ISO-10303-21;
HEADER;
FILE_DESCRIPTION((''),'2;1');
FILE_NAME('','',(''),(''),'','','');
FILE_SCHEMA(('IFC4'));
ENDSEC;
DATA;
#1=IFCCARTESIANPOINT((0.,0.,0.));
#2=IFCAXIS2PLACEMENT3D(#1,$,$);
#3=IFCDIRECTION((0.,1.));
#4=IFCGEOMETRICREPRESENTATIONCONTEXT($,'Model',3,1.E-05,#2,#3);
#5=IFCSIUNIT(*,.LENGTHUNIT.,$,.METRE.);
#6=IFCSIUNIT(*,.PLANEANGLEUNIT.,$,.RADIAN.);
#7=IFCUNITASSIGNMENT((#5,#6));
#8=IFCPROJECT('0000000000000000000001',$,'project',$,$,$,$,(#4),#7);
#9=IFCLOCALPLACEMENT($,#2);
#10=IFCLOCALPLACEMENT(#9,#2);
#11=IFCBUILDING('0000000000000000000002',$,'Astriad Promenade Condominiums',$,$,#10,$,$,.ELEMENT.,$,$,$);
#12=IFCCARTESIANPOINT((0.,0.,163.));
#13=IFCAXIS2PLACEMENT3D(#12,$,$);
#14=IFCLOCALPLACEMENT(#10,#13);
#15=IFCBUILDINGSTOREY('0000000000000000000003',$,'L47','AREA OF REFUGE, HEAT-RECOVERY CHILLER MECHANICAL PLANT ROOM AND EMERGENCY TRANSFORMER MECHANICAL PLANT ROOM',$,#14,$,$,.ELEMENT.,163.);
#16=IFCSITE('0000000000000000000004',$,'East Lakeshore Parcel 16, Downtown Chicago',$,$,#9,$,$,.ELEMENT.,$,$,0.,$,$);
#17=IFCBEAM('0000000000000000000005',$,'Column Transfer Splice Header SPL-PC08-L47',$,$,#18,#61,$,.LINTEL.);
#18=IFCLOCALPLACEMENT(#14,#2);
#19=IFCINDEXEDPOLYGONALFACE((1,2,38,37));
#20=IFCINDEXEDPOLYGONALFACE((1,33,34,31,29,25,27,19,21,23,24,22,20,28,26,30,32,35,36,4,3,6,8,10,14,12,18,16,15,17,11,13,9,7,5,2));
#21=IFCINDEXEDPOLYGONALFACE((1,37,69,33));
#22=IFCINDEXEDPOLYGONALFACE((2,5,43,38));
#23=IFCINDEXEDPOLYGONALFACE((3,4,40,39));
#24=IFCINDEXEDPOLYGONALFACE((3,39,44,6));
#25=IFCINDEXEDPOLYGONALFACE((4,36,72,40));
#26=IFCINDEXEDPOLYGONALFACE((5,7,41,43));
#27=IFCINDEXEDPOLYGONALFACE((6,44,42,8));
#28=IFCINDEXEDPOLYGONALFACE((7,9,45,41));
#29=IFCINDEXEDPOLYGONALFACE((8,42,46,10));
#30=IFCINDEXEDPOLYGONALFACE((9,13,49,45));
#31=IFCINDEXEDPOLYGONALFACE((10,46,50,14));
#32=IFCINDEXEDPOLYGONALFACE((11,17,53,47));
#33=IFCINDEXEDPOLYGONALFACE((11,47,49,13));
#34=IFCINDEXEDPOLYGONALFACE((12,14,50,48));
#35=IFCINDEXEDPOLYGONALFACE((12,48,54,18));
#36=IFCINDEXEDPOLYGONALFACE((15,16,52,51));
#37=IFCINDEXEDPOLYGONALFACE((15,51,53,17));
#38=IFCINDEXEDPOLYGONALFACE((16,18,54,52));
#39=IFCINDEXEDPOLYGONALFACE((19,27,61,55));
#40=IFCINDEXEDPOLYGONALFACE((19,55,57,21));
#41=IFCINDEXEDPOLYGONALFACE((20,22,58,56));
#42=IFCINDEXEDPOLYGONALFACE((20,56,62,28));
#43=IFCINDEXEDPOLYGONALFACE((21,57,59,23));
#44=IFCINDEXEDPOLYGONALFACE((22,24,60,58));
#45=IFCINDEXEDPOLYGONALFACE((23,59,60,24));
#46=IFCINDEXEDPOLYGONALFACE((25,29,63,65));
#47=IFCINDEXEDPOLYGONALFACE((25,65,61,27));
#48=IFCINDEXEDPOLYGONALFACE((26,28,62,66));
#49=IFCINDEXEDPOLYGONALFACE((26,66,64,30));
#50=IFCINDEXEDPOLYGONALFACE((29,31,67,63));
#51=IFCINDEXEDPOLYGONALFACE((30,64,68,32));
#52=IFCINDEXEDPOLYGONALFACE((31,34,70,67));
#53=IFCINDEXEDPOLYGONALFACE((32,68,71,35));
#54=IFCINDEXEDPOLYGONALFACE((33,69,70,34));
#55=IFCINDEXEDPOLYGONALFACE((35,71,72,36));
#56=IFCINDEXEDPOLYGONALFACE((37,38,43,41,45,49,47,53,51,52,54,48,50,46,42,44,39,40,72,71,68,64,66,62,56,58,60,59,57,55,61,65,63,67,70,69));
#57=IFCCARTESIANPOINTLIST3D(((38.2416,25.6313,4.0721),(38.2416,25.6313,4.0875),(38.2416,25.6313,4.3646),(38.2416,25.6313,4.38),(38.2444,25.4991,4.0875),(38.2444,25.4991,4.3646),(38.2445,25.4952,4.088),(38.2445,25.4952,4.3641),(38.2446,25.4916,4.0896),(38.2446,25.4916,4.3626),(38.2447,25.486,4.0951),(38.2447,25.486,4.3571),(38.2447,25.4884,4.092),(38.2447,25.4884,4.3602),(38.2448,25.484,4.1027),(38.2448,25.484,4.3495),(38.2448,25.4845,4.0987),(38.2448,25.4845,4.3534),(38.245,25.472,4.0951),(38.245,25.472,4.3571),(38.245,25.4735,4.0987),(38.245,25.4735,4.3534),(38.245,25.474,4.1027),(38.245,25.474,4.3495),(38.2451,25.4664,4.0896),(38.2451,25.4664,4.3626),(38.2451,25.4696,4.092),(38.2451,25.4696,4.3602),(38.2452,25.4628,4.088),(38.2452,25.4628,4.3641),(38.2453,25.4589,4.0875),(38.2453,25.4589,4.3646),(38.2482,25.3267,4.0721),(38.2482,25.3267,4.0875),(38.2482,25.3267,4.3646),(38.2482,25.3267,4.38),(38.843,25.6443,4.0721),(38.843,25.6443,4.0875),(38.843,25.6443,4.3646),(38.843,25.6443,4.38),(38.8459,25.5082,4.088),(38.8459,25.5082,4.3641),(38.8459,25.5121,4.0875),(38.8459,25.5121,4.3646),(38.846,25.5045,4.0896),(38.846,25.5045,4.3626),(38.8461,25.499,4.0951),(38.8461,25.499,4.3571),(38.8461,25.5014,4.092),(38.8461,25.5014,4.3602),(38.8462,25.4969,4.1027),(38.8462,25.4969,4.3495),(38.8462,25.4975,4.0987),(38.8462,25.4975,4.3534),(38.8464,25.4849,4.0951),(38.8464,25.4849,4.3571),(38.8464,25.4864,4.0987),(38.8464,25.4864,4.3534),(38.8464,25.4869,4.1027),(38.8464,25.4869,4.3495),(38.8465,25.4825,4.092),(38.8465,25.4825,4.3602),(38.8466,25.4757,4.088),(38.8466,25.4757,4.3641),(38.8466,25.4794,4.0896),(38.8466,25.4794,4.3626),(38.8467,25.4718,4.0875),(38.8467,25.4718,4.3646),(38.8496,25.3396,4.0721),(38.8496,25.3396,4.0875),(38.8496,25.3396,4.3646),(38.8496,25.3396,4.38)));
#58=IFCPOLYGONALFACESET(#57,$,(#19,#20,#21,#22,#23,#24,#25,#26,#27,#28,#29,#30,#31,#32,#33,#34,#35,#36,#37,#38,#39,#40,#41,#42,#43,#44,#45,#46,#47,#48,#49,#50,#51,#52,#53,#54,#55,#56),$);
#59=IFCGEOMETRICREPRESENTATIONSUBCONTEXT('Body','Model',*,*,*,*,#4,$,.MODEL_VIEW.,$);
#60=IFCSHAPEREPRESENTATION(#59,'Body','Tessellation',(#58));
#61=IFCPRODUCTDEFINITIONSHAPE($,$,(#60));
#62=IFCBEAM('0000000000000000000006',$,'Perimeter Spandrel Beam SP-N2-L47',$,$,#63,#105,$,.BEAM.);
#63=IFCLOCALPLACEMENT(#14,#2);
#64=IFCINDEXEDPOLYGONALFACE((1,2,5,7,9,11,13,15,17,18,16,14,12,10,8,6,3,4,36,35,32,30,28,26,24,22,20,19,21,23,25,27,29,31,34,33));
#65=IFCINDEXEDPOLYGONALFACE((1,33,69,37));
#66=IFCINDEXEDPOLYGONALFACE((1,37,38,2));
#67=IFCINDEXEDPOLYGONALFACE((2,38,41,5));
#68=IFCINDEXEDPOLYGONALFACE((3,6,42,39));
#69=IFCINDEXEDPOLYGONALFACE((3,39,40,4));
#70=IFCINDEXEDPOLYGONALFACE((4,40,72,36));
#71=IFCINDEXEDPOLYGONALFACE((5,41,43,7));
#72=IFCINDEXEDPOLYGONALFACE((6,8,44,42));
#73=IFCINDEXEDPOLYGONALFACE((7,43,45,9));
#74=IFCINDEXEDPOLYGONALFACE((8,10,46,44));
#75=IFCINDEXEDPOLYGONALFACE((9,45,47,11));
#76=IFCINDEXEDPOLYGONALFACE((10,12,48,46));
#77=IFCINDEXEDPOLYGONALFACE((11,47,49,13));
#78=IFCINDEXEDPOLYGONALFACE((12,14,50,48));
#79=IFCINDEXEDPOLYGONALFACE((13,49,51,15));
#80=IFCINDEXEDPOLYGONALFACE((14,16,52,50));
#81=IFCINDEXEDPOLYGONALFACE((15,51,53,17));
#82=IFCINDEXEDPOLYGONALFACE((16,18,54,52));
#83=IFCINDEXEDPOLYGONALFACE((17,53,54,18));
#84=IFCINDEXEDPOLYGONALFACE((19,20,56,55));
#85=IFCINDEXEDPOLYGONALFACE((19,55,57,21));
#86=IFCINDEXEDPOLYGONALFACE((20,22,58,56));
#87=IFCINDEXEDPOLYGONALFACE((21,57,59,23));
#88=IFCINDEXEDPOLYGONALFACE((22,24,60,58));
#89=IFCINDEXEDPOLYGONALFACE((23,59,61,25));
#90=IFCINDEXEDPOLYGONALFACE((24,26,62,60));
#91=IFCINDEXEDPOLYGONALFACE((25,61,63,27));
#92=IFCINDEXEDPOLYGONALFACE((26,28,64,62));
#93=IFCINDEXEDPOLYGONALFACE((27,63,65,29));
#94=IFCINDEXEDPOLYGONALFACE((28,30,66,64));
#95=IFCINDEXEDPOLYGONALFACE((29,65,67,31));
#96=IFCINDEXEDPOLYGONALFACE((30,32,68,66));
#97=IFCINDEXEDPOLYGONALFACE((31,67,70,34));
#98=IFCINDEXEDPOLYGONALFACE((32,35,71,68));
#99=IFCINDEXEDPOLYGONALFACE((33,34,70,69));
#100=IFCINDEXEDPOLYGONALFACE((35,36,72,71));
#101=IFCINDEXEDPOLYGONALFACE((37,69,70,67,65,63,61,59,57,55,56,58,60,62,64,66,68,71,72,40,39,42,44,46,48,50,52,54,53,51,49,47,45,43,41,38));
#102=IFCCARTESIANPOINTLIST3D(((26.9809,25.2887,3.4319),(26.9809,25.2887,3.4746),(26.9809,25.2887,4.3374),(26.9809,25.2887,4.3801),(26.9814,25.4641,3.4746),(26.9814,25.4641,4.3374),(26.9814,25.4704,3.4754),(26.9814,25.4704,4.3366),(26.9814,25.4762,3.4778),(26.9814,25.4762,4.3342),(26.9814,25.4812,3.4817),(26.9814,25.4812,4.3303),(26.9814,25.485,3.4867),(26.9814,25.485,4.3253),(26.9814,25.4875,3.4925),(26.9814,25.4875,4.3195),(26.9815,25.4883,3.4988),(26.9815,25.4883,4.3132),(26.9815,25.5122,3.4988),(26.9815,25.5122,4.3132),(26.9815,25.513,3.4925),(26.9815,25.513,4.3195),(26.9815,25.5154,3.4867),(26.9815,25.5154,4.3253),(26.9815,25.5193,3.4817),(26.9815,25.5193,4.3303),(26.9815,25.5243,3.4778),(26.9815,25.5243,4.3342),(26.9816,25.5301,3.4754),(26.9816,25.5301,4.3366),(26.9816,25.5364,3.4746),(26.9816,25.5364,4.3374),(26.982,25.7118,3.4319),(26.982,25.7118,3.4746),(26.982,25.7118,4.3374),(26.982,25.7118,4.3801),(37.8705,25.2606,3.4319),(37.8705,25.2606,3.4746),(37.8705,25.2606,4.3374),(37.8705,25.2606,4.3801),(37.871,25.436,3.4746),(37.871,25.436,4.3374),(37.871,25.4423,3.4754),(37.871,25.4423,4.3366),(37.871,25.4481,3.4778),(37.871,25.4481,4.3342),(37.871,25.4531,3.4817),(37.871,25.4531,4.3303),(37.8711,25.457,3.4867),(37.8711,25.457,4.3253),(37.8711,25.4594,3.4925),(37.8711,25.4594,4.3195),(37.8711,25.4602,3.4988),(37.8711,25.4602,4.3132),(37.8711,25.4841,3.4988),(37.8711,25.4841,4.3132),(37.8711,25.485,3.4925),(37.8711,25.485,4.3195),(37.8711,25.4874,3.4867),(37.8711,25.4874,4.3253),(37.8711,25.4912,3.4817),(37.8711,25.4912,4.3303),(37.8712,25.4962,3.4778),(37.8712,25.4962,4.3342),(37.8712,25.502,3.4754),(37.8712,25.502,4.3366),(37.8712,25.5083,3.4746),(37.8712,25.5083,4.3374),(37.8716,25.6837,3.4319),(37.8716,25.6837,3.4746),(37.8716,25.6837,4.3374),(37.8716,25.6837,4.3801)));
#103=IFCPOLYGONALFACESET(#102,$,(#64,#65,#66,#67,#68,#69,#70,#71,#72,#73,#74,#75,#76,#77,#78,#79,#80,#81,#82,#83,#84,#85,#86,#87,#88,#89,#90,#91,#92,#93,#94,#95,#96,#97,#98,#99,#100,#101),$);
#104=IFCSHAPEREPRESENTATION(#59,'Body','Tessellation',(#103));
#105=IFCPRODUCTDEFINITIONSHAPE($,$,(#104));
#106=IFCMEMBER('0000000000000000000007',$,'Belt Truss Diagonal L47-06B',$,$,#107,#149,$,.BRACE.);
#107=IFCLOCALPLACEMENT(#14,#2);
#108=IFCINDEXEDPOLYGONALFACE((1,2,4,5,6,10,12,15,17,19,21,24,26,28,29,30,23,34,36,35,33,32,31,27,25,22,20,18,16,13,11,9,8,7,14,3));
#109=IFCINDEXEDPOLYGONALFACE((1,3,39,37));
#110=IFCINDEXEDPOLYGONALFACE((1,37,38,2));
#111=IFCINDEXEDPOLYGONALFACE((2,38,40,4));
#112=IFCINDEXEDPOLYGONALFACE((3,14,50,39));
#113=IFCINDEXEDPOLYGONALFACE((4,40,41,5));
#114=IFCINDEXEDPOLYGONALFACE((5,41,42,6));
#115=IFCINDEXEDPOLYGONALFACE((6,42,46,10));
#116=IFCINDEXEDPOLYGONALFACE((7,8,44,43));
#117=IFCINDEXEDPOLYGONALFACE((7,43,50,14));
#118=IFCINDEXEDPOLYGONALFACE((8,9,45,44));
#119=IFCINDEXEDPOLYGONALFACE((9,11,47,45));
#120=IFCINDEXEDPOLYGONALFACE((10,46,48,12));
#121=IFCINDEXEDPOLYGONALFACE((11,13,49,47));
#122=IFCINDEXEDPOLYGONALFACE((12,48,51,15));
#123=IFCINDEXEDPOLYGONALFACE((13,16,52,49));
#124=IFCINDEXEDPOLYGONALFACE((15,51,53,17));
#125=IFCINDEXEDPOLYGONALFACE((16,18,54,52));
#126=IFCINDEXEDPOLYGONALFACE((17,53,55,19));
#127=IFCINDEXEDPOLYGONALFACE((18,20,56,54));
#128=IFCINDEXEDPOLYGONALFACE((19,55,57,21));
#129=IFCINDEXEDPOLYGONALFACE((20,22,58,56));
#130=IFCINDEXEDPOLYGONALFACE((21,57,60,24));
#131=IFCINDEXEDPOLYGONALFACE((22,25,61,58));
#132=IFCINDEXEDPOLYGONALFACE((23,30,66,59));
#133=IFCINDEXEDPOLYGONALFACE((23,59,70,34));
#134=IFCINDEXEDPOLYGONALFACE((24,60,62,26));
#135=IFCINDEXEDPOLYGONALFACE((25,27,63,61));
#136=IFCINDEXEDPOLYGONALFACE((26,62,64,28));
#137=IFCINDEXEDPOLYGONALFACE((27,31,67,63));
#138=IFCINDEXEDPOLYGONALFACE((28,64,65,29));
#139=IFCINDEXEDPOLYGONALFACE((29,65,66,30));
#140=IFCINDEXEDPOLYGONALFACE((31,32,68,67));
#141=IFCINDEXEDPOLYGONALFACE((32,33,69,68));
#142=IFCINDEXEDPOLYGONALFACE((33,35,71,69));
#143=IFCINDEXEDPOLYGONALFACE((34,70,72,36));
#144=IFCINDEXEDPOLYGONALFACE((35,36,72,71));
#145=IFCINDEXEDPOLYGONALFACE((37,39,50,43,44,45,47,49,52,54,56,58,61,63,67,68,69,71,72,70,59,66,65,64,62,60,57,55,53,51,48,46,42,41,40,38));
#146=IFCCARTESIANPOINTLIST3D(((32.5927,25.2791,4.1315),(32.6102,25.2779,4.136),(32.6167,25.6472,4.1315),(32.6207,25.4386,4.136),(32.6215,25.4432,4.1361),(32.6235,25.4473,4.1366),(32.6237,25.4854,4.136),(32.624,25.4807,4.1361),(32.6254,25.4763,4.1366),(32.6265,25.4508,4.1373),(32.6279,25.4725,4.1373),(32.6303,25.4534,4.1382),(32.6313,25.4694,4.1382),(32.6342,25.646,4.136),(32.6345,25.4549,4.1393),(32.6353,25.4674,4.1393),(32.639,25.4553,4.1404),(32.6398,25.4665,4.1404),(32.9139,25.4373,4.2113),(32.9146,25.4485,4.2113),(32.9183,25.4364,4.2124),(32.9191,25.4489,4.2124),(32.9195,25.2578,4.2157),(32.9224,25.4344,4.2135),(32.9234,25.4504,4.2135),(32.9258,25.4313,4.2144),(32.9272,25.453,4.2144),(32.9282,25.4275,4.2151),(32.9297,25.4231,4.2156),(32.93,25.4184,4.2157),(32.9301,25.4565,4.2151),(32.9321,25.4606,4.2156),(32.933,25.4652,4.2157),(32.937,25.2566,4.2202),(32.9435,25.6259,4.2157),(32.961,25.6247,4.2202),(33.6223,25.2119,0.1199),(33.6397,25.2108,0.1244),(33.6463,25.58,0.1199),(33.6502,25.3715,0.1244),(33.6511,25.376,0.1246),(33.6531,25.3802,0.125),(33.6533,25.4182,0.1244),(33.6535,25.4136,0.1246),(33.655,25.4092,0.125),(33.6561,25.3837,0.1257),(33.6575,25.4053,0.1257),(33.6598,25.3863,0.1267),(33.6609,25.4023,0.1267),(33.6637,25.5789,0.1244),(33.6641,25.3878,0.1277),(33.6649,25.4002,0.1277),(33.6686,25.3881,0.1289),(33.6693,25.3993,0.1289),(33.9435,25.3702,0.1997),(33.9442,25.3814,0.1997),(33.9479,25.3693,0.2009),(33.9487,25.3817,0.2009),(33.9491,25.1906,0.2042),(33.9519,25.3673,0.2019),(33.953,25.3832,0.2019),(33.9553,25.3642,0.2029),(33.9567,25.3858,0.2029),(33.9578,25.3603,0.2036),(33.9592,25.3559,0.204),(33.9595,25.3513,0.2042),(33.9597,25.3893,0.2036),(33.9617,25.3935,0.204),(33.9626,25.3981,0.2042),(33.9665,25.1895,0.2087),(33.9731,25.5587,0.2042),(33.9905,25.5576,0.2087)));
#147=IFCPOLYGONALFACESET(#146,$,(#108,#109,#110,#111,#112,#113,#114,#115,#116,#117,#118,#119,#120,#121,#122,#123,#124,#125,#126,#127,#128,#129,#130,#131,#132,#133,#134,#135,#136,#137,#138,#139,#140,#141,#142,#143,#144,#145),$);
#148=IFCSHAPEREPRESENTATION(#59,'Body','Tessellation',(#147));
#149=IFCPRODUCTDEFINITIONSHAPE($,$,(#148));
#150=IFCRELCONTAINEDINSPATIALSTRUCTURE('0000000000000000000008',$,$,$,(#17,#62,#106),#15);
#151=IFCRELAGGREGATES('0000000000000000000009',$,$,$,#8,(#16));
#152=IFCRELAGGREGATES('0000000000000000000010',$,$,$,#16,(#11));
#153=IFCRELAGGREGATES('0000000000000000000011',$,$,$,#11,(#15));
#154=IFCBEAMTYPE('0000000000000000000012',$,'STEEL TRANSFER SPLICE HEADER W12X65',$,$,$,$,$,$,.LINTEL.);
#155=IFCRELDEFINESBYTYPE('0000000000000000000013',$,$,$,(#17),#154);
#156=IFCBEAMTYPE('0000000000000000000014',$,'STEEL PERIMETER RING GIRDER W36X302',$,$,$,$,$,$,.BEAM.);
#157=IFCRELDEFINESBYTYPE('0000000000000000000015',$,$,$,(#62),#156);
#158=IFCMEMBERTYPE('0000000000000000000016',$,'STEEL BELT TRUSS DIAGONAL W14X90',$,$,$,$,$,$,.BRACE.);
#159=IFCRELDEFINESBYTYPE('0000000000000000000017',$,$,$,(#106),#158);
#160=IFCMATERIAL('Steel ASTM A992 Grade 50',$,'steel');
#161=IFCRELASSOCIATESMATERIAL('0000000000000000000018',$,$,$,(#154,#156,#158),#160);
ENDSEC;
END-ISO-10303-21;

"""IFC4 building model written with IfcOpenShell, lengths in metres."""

from ifc_helpers import new_model, si_unit, direction, frame, origin, origin_2d, place, context, subcontext, project, spatial, i_section, extrude, source, transform, mapped, material, material_profile, profile_set, type_object, type_shapes, element, save


model = new_model("IFC4")

# Units and contexts
model_context = context("Model", 3, precision=1e-05, world=origin(), true_north=direction((0.0, 1.0)))
body_context = subcontext(model_context, "Body", "Model", "MODEL_VIEW")
ifc_project = project(units=[si_unit("LENGTHUNIT", "METRE"), si_unit("PLANEANGLEUNIT", "RADIAN")], contexts=[model_context])

# Site, building, storey
site_placement = place(None, origin())
site = spatial("IfcSite", under=ifc_project, at=site_placement, Name="East Lakeshore Parcel 16, Downtown Chicago", CompositionType="ELEMENT", RefElevation=0.0)
building_placement = place(site_placement, origin())
building = spatial("IfcBuilding", under=site, at=building_placement, Name="Astriad Promenade Condominiums", CompositionType="ELEMENT")
storey_placement = place(building_placement, frame((0.0, 0.0, 163.0)))
storey = spatial("IfcBuildingStorey", under=building, at=storey_placement, Name="L47", Description="AREA OF REFUGE, HEAT-RECOVERY CHILLER MECHANICAL PLANT ROOM AND EMERGENCY TRANSFORMER MECHANICAL PLANT ROOM", CompositionType="ELEMENT", Elevation=163.0)

# Shared definitions
ifc_material_1 = material(Name="Steel ASTM A992 Grade 50", Category="steel")

# Beams
ifc_material_profile_1 = material_profile(ifc_material_1, i_section(OverallWidth=0.3047, OverallDepth=0.3079, WebThickness=0.01, FlangeThickness=0.0154, FilletRadius=0.0151, at=origin_2d()), Name="W12X65")
ifc_profile_set_1 = profile_set([ifc_material_profile_1], Name="Steel ASTM A992 Grade 50")
beam_type_1 = type_object("IfcBeamType", Name="STEEL TRANSFER SPLICE HEADER W12X65", PredefinedType="LINTEL", material=ifc_profile_set_1)
shared_shape_1 = source(origin(), body_context, "Body", "SweptSolid", [
    extrude(i_section(OverallWidth=0.3047, OverallDepth=0.3079, WebThickness=0.01, FlangeThickness=0.0154, FilletRadius=0.0151, at=origin_2d()), origin(), (0.0, 0.0, 1.0), 0.6016),
])
type_shapes(beam_type_1, [shared_shape_1])
beam_1_placement = place(storey_placement, frame((38.2449, 25.479, 4.2261), z_axis=(0.999769, 0.021513, 0.0), x_axis=(-0.021513, 0.999769, 0.0)))
element("IfcBeam", 1, at=beam_1_placement, inside=storey, type_object=beam_type_1, Name="Column Transfer Splice Header SPL-PC08-L47", PredefinedType="LINTEL", context=body_context, shape_type="MappedRepresentation", body=[
    mapped(shared_shape_1, transform((0.0, 0.0, 0.0), scale=1.0)),
])
ifc_material_profile_2 = material_profile(ifc_material_1, i_section(OverallWidth=0.4231, OverallDepth=0.9482, WebThickness=0.0239, FlangeThickness=0.0427, FilletRadius=0.0242, at=origin_2d()), Name="W36X302")
ifc_profile_set_2 = profile_set([ifc_material_profile_2], Name="Steel ASTM A992 Grade 50")
beam_type_2 = type_object("IfcBeamType", Name="STEEL PERIMETER RING GIRDER W36X302", PredefinedType="BEAM", material=ifc_profile_set_2)
shared_shape_2 = source(origin(), body_context, "Body", "SweptSolid", [
    extrude(i_section(OverallWidth=0.4231, OverallDepth=0.9482, WebThickness=0.0239, FlangeThickness=0.0427, FilletRadius=0.0242, at=origin_2d()), origin(), (0.0, 0.0, 1.0), 10.8896),
])
type_shapes(beam_type_2, [shared_shape_2])
beam_2_placement = place(storey_placement, frame((37.8711, 25.4722, 3.906), z_axis=(-0.999997, 0.002578, 0.0), x_axis=(-0.002578, -0.999997, 0.0)))
element("IfcBeam", 2, at=beam_2_placement, inside=storey, type_object=beam_type_2, Name="Perimeter Spandrel Beam SP-N2-L47", PredefinedType="BEAM", context=body_context, shape_type="MappedRepresentation", body=[
    mapped(shared_shape_2, transform((0.0, 0.0, 0.0), scale=1.0)),
])

# Member
ifc_material_profile_3 = material_profile(ifc_material_1, i_section(OverallWidth=0.3689, OverallDepth=0.3562, WebThickness=0.0112, FlangeThickness=0.0181, FilletRadius=0.0178, at=origin_2d()), Name="W14X90")
ifc_profile_set_3 = profile_set([ifc_material_profile_3], Name="Steel ASTM A992 Grade 50")
member_type_1 = type_object("IfcMemberType", Name="STEEL BELT TRUSS DIAGONAL W14X90", PredefinedType="BRACE", material=ifc_profile_set_3)
shared_shape_3 = source(origin(), body_context, "Body", "SweptSolid", [
    extrude(i_section(OverallWidth=0.3689, OverallDepth=0.3562, WebThickness=0.0112, FlangeThickness=0.0181, FilletRadius=0.0178, at=origin_2d()), origin(), (0.0, 0.0, 1.0), 4.1421),
])
member_1_placement = place(storey_placement, frame((33.8064, 25.3848, 0.1643), z_axis=(-0.24856, 0.016209, 0.968481), x_axis=(-0.065074, -0.99788, 0.0)))
element("IfcMember", 3, at=member_1_placement, inside=storey, type_object=member_type_1, Name="Belt Truss Diagonal L47-06B", PredefinedType="BRACE", context=body_context, shape_type="MappedRepresentation", body=[
    mapped(shared_shape_3, transform((0.0, 0.0, 0.0), scale=1.0)),
])

save(model, "model.ifc")
